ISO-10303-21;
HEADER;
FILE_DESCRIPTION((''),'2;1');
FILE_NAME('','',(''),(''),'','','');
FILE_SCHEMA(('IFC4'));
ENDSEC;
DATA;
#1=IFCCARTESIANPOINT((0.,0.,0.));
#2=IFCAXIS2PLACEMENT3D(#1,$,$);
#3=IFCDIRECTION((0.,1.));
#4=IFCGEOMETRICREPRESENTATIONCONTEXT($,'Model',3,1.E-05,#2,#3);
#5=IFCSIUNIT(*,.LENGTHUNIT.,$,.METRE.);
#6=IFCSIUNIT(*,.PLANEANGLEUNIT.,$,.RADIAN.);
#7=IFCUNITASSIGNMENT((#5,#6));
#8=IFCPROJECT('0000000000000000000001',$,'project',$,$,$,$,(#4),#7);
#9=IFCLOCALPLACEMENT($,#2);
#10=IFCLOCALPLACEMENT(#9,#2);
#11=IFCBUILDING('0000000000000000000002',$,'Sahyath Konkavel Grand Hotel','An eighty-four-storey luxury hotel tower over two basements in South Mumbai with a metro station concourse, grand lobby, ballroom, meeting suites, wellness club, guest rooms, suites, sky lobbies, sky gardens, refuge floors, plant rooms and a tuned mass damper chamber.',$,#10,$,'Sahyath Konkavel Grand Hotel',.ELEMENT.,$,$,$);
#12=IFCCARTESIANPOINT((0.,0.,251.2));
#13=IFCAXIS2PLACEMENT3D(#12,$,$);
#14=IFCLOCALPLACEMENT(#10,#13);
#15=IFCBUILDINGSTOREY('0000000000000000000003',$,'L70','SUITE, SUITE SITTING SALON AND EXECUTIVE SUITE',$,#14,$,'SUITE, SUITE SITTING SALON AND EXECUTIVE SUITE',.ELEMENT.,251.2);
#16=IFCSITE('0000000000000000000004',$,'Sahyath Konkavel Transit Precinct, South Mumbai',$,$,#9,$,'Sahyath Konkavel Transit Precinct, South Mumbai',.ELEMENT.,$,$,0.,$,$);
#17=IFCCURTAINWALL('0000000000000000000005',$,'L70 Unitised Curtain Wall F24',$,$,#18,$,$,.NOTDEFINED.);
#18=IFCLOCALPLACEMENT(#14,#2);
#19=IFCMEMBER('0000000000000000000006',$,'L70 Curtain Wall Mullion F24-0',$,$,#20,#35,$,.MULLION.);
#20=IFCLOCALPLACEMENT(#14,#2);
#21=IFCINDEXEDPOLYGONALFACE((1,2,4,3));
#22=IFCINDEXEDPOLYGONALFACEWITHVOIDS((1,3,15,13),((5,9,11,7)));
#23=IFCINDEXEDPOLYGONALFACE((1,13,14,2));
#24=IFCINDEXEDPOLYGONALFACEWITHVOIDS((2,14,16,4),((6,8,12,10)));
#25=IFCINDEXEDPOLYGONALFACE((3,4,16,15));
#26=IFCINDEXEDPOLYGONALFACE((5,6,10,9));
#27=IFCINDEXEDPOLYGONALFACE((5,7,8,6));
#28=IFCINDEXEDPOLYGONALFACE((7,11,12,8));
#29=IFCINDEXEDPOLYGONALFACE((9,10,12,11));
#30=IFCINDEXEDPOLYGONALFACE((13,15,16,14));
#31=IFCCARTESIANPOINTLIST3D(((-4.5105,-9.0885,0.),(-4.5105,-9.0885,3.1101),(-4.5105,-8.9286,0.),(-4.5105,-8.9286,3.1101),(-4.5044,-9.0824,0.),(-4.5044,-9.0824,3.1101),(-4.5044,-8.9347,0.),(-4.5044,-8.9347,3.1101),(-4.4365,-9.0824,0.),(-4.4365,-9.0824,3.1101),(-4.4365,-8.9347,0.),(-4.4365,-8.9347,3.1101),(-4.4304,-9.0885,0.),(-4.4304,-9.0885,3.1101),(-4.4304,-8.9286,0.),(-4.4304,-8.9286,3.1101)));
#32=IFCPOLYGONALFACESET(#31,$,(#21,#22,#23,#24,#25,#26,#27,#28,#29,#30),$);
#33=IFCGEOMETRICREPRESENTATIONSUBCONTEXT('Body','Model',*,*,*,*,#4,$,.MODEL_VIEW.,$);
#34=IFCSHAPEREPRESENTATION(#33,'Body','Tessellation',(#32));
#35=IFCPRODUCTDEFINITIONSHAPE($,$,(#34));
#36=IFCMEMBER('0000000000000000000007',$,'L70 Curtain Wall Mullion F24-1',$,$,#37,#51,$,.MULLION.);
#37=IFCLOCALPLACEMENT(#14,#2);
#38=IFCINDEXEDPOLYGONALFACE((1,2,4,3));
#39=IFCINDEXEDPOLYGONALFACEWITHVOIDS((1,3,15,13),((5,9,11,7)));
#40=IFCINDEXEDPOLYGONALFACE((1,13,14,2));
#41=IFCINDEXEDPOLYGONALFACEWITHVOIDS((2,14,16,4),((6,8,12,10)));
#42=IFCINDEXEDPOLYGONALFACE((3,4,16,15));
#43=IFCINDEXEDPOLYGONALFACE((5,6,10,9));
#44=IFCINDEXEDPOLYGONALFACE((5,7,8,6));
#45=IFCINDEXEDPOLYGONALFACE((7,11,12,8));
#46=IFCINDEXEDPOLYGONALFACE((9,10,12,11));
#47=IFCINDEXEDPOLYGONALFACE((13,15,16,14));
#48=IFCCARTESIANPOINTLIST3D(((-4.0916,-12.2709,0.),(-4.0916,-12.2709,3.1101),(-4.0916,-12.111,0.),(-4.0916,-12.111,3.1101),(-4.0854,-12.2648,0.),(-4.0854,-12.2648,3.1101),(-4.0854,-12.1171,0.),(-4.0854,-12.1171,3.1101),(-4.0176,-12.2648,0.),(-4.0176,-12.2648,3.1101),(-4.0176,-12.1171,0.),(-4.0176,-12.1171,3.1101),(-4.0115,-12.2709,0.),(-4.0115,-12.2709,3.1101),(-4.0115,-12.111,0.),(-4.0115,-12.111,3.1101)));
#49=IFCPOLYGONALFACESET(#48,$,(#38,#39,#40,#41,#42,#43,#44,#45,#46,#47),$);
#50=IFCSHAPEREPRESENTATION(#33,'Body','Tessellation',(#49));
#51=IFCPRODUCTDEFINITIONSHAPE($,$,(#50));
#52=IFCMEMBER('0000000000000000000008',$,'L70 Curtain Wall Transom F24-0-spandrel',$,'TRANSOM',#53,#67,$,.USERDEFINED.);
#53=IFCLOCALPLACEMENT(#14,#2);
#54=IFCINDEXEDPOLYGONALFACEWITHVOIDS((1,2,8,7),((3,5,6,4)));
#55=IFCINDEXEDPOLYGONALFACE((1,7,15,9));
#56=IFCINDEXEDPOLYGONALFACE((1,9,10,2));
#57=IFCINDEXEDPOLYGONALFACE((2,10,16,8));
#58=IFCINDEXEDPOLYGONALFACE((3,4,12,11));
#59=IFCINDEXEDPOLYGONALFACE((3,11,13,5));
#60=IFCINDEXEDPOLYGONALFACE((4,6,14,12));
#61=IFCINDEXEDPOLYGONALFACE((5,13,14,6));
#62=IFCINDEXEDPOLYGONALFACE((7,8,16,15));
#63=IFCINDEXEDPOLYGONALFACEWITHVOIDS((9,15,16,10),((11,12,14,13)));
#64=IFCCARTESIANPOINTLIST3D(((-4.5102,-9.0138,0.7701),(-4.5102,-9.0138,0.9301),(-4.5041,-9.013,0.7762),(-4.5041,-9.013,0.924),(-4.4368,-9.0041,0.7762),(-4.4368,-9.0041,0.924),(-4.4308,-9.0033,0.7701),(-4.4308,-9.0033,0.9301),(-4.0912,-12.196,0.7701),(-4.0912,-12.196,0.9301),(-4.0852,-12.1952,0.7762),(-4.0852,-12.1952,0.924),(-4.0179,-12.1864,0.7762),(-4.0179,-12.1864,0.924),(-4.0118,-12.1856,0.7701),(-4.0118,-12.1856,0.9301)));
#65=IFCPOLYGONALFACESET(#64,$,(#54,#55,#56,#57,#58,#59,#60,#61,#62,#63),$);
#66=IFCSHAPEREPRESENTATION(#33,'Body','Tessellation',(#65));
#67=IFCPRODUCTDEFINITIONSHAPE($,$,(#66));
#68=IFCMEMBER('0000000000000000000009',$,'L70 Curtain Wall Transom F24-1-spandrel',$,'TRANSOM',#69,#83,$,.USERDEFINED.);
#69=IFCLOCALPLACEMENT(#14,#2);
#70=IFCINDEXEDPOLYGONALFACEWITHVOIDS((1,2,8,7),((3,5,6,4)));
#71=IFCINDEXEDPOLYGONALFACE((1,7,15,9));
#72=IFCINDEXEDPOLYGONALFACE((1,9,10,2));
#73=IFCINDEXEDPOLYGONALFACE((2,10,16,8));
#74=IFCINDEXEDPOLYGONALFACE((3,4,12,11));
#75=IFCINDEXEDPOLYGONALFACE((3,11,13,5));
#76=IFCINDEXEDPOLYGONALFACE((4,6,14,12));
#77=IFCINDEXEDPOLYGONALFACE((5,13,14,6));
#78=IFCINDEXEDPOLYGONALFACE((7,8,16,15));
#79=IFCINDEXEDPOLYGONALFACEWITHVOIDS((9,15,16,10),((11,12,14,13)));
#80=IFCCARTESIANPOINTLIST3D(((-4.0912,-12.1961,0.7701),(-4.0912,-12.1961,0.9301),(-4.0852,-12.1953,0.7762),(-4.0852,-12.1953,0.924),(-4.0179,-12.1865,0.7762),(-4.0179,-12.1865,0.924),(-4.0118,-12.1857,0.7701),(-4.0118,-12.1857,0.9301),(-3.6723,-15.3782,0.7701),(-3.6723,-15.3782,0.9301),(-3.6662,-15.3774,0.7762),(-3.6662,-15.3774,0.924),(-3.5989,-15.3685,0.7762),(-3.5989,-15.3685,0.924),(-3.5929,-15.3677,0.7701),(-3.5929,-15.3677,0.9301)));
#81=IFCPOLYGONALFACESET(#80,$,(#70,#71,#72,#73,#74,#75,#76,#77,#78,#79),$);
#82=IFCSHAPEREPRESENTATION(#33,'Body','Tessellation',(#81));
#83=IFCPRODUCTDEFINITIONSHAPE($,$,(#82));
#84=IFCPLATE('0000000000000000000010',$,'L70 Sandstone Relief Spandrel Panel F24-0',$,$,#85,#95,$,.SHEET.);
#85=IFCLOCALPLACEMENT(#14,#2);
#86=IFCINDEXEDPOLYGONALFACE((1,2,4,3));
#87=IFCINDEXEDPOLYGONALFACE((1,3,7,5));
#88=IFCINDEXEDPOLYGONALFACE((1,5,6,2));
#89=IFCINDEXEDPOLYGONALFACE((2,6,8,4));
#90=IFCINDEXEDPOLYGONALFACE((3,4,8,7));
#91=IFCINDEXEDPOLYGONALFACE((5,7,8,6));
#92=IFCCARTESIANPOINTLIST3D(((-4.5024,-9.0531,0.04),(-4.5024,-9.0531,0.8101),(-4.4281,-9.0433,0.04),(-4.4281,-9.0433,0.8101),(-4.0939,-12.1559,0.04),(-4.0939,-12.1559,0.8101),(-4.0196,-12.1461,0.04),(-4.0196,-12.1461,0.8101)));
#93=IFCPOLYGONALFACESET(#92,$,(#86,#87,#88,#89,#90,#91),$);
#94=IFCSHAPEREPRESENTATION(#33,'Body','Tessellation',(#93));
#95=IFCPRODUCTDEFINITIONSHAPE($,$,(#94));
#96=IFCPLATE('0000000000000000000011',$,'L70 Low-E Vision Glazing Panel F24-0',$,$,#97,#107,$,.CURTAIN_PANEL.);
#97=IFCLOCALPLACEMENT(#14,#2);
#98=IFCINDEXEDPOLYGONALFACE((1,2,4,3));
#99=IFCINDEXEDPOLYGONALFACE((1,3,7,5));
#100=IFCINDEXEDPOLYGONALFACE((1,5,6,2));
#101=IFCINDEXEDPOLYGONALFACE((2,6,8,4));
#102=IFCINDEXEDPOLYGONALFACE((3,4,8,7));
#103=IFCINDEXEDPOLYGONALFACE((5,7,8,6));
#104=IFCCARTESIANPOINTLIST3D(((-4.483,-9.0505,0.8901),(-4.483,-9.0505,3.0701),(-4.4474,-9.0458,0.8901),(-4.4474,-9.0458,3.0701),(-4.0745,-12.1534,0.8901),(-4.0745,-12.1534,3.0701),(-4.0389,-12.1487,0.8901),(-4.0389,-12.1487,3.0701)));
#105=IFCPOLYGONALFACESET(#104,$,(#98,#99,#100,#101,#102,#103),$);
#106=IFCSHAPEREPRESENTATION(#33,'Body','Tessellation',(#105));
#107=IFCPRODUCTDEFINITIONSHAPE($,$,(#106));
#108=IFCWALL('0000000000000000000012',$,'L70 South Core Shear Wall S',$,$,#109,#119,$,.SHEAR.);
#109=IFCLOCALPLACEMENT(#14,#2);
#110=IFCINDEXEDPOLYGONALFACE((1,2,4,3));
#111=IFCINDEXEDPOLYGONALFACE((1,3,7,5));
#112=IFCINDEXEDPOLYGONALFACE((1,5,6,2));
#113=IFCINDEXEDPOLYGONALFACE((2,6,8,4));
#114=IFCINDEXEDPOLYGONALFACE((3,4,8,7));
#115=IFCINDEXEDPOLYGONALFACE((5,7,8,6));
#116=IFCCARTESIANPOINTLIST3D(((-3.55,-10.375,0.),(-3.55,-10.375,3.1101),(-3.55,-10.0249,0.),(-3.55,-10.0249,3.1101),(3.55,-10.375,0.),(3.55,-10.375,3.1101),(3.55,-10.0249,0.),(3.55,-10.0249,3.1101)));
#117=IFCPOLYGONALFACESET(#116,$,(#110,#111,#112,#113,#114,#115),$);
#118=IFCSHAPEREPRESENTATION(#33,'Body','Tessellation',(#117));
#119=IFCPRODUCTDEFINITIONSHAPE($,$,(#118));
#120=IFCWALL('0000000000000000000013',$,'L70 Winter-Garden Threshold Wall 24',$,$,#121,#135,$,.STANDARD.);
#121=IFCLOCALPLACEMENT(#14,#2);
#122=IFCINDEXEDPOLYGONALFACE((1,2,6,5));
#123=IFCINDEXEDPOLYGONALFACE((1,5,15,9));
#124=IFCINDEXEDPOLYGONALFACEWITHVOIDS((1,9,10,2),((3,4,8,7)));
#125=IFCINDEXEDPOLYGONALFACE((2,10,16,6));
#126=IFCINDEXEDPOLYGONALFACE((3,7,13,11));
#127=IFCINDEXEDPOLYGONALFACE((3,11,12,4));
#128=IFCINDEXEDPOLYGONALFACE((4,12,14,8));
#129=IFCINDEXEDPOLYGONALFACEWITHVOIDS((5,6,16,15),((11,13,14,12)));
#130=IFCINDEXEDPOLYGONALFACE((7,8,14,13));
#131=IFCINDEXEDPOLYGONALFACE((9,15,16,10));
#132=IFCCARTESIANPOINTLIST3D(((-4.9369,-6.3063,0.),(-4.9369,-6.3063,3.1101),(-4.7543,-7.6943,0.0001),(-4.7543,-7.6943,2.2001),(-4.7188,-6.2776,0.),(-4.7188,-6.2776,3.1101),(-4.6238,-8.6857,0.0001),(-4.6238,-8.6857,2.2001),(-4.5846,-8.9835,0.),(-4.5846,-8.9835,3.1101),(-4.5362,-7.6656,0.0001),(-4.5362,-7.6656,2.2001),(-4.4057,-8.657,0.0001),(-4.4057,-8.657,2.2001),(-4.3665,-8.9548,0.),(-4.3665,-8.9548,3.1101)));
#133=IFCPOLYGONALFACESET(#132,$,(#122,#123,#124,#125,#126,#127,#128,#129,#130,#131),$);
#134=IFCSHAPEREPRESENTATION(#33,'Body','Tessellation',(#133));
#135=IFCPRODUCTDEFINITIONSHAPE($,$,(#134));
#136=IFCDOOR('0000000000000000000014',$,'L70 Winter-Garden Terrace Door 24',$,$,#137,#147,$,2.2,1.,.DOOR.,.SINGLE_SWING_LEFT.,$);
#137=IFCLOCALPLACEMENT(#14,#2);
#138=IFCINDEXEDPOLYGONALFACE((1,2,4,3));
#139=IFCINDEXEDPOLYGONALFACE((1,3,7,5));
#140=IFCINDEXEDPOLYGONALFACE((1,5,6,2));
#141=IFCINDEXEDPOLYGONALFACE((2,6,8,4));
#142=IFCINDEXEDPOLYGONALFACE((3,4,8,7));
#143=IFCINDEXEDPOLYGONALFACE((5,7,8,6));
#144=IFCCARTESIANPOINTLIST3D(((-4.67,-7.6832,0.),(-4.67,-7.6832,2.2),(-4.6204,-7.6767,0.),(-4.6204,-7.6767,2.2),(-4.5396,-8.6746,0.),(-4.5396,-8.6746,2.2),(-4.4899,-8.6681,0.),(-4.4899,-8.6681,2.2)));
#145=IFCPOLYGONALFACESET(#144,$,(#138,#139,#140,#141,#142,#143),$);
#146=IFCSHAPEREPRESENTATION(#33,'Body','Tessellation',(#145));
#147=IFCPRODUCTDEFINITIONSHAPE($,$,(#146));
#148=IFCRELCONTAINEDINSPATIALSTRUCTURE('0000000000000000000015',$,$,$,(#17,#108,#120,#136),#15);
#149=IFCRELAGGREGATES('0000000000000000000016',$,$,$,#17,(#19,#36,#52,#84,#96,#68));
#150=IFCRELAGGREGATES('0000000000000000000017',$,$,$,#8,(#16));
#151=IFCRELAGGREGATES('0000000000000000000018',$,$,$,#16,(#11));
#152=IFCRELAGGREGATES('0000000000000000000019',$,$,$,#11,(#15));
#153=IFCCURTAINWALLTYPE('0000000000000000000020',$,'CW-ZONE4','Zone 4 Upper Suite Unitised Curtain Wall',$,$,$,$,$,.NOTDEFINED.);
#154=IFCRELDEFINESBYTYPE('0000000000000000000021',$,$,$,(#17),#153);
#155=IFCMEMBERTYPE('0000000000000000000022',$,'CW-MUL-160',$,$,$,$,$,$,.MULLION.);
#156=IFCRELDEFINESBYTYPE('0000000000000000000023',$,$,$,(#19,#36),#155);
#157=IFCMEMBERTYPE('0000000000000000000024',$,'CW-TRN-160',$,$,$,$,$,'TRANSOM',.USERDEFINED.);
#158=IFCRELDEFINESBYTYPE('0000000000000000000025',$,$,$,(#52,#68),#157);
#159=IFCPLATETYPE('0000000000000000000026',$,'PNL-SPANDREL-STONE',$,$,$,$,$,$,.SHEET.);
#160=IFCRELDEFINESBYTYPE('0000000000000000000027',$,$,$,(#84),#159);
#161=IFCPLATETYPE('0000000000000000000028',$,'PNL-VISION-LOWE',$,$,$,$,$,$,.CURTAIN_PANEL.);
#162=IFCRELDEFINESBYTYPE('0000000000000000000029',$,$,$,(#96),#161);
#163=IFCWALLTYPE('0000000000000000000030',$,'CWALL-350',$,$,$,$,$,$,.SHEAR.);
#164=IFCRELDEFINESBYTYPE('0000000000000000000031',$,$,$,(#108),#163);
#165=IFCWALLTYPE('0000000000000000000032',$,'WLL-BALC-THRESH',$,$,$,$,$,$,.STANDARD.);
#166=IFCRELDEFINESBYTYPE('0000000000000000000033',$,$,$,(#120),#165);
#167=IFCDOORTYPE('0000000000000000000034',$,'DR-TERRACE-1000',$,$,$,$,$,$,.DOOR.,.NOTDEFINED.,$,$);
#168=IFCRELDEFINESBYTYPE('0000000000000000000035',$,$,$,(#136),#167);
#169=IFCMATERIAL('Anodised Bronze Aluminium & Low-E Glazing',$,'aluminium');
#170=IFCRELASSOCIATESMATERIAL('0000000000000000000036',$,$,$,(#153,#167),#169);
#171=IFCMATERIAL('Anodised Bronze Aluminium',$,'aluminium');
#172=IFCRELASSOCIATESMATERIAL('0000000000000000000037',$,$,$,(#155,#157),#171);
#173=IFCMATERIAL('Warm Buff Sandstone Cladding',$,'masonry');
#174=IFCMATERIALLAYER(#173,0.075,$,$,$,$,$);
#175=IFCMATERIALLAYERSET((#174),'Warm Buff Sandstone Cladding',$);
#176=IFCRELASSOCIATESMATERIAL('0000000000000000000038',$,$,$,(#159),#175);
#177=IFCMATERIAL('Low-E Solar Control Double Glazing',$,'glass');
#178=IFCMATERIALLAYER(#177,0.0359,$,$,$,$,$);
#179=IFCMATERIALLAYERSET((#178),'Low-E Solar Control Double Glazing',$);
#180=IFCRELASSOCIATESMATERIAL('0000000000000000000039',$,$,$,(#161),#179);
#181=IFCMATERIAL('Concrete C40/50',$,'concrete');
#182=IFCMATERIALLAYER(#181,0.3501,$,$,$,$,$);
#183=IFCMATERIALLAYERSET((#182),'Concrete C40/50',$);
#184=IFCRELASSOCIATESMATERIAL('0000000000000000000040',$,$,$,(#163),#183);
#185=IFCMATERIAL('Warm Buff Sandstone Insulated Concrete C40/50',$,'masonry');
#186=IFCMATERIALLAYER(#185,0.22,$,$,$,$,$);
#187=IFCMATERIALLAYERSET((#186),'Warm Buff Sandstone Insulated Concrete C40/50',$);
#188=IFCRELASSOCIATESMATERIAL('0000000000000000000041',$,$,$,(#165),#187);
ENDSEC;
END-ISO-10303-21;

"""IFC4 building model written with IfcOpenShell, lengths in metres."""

from ifc_helpers import new_model, si_unit, direction, frame, frame_2d, origin, origin_2d, place, context, subcontext, project, spatial, rectangle, hollow_rectangle, extrude, source, transform, mapped, material, layer, layer_set, material_profile, profile_set, type_object, element, fill, aggregate, save


model = new_model("IFC4")

# Units and contexts
model_context = context("Model", 3, precision=1e-05, world=origin(), true_north=direction((0.0, 1.0)))
body_context = subcontext(model_context, "Body", "Model", "MODEL_VIEW")
ifc_project = project(units=[si_unit("LENGTHUNIT", "METRE"), si_unit("PLANEANGLEUNIT", "RADIAN")], contexts=[model_context])

# Site, building, storey
site_placement = place(None, origin())
site = spatial("IfcSite", under=ifc_project, at=site_placement, Name="Sahyath Konkavel Transit Precinct, South Mumbai", LongName="Sahyath Konkavel Transit Precinct, South Mumbai", CompositionType="ELEMENT", RefElevation=0.0)
building_placement = place(site_placement, origin())
building = spatial("IfcBuilding", under=site, at=building_placement, Name="Sahyath Konkavel Grand Hotel", Description="An eighty-four-storey luxury hotel tower over two basements in South Mumbai with a metro station concourse, grand lobby, ballroom, meeting suites, wellness club, guest rooms, suites, sky lobbies, sky gardens, refuge floors, plant rooms and a tuned mass damper chamber.", LongName="Sahyath Konkavel Grand Hotel", CompositionType="ELEMENT")
storey_placement = place(building_placement, frame((0.0, 0.0, 251.2)))
storey = spatial("IfcBuildingStorey", under=building, at=storey_placement, Name="L70", Description="SUITE, SUITE SITTING SALON AND EXECUTIVE SUITE", LongName="SUITE, SUITE SITTING SALON AND EXECUTIVE SUITE", CompositionType="ELEMENT", Elevation=251.2)

# Shared definitions
ifc_material_1 = material(Name="Concrete C40/50", Category="concrete")

# Curtain wall, members, plates
ifc_material_2 = material(Name="Anodised Bronze Aluminium & Low-E Glazing", Category="aluminium")
curtain_wall_type = type_object("IfcCurtainWallType", Name="CW-ZONE4", Description="Zone 4 Upper Suite Unitised Curtain Wall", PredefinedType="NOTDEFINED", material=ifc_material_2)
curtain_wall_placement = place(storey_placement, origin())
curtain_wall = element("IfcCurtainWall", 1, at=curtain_wall_placement, inside=storey, type_object=curtain_wall_type, Name="L70 Unitised Curtain Wall F24", PredefinedType="NOTDEFINED")
ifc_material_3 = material(Name="Anodised Bronze Aluminium", Category="aluminium")
ifc_material_profile_1 = material_profile(ifc_material_3, hollow_rectangle(XDim=0.0801, YDim=0.1599, WallThickness=0.0061, at=origin_2d()), Name="RHS 160x80x6")
ifc_profile_set_1 = profile_set([ifc_material_profile_1], Name="Anodised Bronze Aluminium")
member_type_1 = type_object("IfcMemberType", Name="CW-MUL-160", PredefinedType="MULLION", material=ifc_profile_set_1)
shared_shape_1 = source(origin(), body_context, "Body", "SweptSolid", [
    extrude(hollow_rectangle(XDim=0.0801, YDim=0.1599, WallThickness=0.0061, at=origin_2d()), origin(), (0.0, 0.0, 1.0), 3.1101),
])
member_1_placement = place(storey_placement, frame((-4.4705, -9.0085, 0.0), z_axis=(0.0, 0.0, 1.0), x_axis=(1.0, 0.0, 0.0)))
member_1 = element("IfcMember", 2, at=member_1_placement, type_object=member_type_1, Name="L70 Curtain Wall Mullion F24-0", PredefinedType="MULLION", context=body_context, shape_type="MappedRepresentation", body=[
    mapped(shared_shape_1, transform((0.0, 0.0, 0.0), scale=1.0)),
])
member_2_placement = place(storey_placement, frame((-4.0515, -12.1909, 0.0), z_axis=(0.0, 0.0, 1.0), x_axis=(1.0, 0.0, 0.0)))
member_2 = element("IfcMember", 3, at=member_2_placement, type_object=member_type_1, Name="L70 Curtain Wall Mullion F24-1", PredefinedType="MULLION", context=body_context, shape_type="MappedRepresentation", body=[
    mapped(shared_shape_1, transform((0.0, 0.0, 0.0), scale=1.0)),
])
ifc_material_profile_2 = material_profile(ifc_material_3, hollow_rectangle(XDim=0.0801, YDim=0.1599, WallThickness=0.0061, at=origin_2d()), Name="RHS 160x80x6")
ifc_profile_set_2 = profile_set([ifc_material_profile_2], Name="Anodised Bronze Aluminium")
member_type_2 = type_object("IfcMemberType", Name="CW-TRN-160", ElementType="TRANSOM", PredefinedType="USERDEFINED", material=ifc_profile_set_2)
shared_shape_2 = source(origin(), body_context, "Body", "SweptSolid", [
    extrude(hollow_rectangle(XDim=0.0801, YDim=0.1599, WallThickness=0.0061, at=origin_2d()), origin(), (0.0, 0.0, 1.0), 3.2097),
])
member_3_placement = place(storey_placement, frame((-4.4705, -9.0085, 0.8501), z_axis=(0.130519, -0.991446, 0.0), x_axis=(0.991446, 0.130519, 0.0)))
member_3 = element("IfcMember", 4, at=member_3_placement, type_object=member_type_2, Name="L70 Curtain Wall Transom F24-0-spandrel", ObjectType="TRANSOM", PredefinedType="USERDEFINED", context=body_context, shape_type="MappedRepresentation", body=[
    mapped(shared_shape_2, transform((0.0, 0.0, 0.0), scale=1.0)),
])
shared_shape_3 = source(origin(), body_context, "Body", "SweptSolid", [
    extrude(hollow_rectangle(XDim=0.0801, YDim=0.1599, WallThickness=0.0061, at=origin_2d()), origin(), (0.0, 0.0, 1.0), 3.2095),
])
member_4_placement = place(storey_placement, frame((-4.0515, -12.1909, 0.8501), z_axis=(0.130529, -0.991444, 0.0), x_axis=(0.991444, 0.130529, 0.0)))
member_4 = element("IfcMember", 5, at=member_4_placement, type_object=member_type_2, Name="L70 Curtain Wall Transom F24-1-spandrel", ObjectType="TRANSOM", PredefinedType="USERDEFINED", context=body_context, shape_type="MappedRepresentation", body=[
    mapped(shared_shape_3, transform((0.0, 0.0, 0.0), scale=1.0)),
])
ifc_material_4 = material(Name="Warm Buff Sandstone Cladding", Category="masonry")
ifc_layer_1 = layer(ifc_material_4, 0.075)
ifc_layer_set_1 = layer_set([ifc_layer_1], Name="Warm Buff Sandstone Cladding")
plate_type_1 = type_object("IfcPlateType", Name="PNL-SPANDREL-STONE", PredefinedType="SHEET", material=ifc_layer_set_1)
shared_shape_4 = source(origin(), body_context, "Body", "SweptSolid", [
    extrude(rectangle(XDim=3.1296, YDim=0.075, at=origin_2d()), origin(), (0.0, 0.0, 1.0), 0.77),
])
plate_1_placement = place(storey_placement, frame((-4.261, -10.5996, 0.04), z_axis=(0.0, 0.0, 1.0), x_axis=(0.130526, -0.991445, 0.0)))
plate_1 = element("IfcPlate", 6, at=plate_1_placement, type_object=plate_type_1, Name="L70 Sandstone Relief Spandrel Panel F24-0", PredefinedType="SHEET", context=body_context, shape_type="MappedRepresentation", body=[
    mapped(shared_shape_4, transform((0.0, 0.0, 0.0), scale=1.0)),
])
ifc_material_5 = material(Name="Low-E Solar Control Double Glazing", Category="glass")
ifc_layer_2 = layer(ifc_material_5, 0.0359)
ifc_layer_set_2 = layer_set([ifc_layer_2], Name="Low-E Solar Control Double Glazing")
plate_type_2 = type_object("IfcPlateType", Name="PNL-VISION-LOWE", PredefinedType="CURTAIN_PANEL", material=ifc_layer_set_2)
shared_shape_5 = source(origin(), body_context, "Body", "SweptSolid", [
    extrude(rectangle(XDim=3.1296, YDim=0.0359, at=origin_2d()), origin(), (0.0, 0.0, 1.0), 2.1799),
])
plate_2_placement = place(storey_placement, frame((-4.261, -10.5996, 0.8901), z_axis=(0.0, 0.0, 1.0), x_axis=(0.130526, -0.991445, 0.0)))
plate_2 = element("IfcPlate", 7, at=plate_2_placement, type_object=plate_type_2, Name="L70 Low-E Vision Glazing Panel F24-0", PredefinedType="CURTAIN_PANEL", context=body_context, shape_type="MappedRepresentation", body=[
    mapped(shared_shape_5, transform((0.0, 0.0, 0.0), scale=1.0)),
])
aggregate(curtain_wall, [member_1, member_2, member_3, plate_1, plate_2, member_4])

# Wall
ifc_layer_3 = layer(ifc_material_1, 0.3501)
ifc_layer_set_3 = layer_set([ifc_layer_3], Name="Concrete C40/50")
wall_type_1 = type_object("IfcWallType", Name="CWALL-350", PredefinedType="SHEAR", material=ifc_layer_set_3)
wall_1_placement = place(storey_placement, frame((-3.55, -10.2, 0.0), z_axis=(0.0, 0.0, 1.0), x_axis=(1.0, 0.0, 0.0)))
element("IfcWall", 8, at=wall_1_placement, inside=storey, type_object=wall_type_1, Name="L70 South Core Shear Wall S", PredefinedType="SHEAR", context=body_context, shape_type="SweptSolid", body=[
    extrude(rectangle(XDim=7.1001, YDim=0.3501, at=frame_2d((3.55, 0.0))), origin(), (0.0, 0.0, 1.0), 3.1101),
])

# Wall, opening, door
ifc_material_6 = material(Name="Warm Buff Sandstone Insulated Concrete C40/50", Category="masonry")
ifc_layer_4 = layer(ifc_material_6, 0.22)
ifc_layer_set_4 = layer_set([ifc_layer_4], Name="Warm Buff Sandstone Insulated Concrete C40/50")
wall_type_2 = type_object("IfcWallType", Name="WLL-BALC-THRESH", PredefinedType="STANDARD", material=ifc_layer_set_4)
wall_2_placement = place(storey_placement, frame((-4.8279, -6.292, 0.0), z_axis=(0.0, 0.0, 1.0), x_axis=(0.130476, -0.991452, 0.0)))
wall_2 = element("IfcWall", 9, at=wall_2_placement, inside=storey, type_object=wall_type_2, Name="L70 Winter-Garden Threshold Wall 24", PredefinedType="STANDARD", context=body_context, shape_type="SweptSolid", body=[
    extrude(rectangle(XDim=2.7002, YDim=0.22, at=frame_2d((1.3501, 0.0))), origin(), (0.0, 0.0, 1.0), 3.1101),
])
opening_1_placement = place(wall_2_placement, frame((1.3999, 0.0, 0.0)))
opening_1 = element("IfcOpeningElement", 10, at=opening_1_placement, cuts=wall_2, PredefinedType="OPENING", context=body_context, shape_type="SweptSolid", body=[
    extrude(rectangle(XDim=1.0, YDim=2.2, at=frame_2d((0.5, 1.1001))), frame((0.0, 0.1201, 0.0), z_axis=(0.0, -1.0, 0.0), x_axis=(1.0, 0.0, 0.0)), (0.0, 0.0, 1.0), 0.24),
])
door_type_1 = type_object("IfcDoorType", Name="DR-TERRACE-1000", OperationType="NOTDEFINED", PredefinedType="DOOR", material=ifc_material_2)
shared_shape_6 = source(origin(), body_context, "Body", "SweptSolid", [
    extrude(rectangle(XDim=1.0, YDim=0.05, at=origin_2d()), origin(), (0.0, 0.0, 1.0), 2.2),
])
door_1_placement = place(opening_1_placement, frame((0.5, 0.0, 0.0)))
door_1 = element("IfcDoor", 11, at=door_1_placement, inside=storey, type_object=door_type_1, Name="L70 Winter-Garden Terrace Door 24", OperationType="SINGLE_SWING_LEFT", OverallHeight=2.2, OverallWidth=1.0, PredefinedType="DOOR", context=body_context, shape_type="MappedRepresentation", body=[
    mapped(shared_shape_6, transform((0.0, 0.0, 0.0), scale=1.0)),
])
fill(opening_1, door_1)

save(model, "model.ifc")
